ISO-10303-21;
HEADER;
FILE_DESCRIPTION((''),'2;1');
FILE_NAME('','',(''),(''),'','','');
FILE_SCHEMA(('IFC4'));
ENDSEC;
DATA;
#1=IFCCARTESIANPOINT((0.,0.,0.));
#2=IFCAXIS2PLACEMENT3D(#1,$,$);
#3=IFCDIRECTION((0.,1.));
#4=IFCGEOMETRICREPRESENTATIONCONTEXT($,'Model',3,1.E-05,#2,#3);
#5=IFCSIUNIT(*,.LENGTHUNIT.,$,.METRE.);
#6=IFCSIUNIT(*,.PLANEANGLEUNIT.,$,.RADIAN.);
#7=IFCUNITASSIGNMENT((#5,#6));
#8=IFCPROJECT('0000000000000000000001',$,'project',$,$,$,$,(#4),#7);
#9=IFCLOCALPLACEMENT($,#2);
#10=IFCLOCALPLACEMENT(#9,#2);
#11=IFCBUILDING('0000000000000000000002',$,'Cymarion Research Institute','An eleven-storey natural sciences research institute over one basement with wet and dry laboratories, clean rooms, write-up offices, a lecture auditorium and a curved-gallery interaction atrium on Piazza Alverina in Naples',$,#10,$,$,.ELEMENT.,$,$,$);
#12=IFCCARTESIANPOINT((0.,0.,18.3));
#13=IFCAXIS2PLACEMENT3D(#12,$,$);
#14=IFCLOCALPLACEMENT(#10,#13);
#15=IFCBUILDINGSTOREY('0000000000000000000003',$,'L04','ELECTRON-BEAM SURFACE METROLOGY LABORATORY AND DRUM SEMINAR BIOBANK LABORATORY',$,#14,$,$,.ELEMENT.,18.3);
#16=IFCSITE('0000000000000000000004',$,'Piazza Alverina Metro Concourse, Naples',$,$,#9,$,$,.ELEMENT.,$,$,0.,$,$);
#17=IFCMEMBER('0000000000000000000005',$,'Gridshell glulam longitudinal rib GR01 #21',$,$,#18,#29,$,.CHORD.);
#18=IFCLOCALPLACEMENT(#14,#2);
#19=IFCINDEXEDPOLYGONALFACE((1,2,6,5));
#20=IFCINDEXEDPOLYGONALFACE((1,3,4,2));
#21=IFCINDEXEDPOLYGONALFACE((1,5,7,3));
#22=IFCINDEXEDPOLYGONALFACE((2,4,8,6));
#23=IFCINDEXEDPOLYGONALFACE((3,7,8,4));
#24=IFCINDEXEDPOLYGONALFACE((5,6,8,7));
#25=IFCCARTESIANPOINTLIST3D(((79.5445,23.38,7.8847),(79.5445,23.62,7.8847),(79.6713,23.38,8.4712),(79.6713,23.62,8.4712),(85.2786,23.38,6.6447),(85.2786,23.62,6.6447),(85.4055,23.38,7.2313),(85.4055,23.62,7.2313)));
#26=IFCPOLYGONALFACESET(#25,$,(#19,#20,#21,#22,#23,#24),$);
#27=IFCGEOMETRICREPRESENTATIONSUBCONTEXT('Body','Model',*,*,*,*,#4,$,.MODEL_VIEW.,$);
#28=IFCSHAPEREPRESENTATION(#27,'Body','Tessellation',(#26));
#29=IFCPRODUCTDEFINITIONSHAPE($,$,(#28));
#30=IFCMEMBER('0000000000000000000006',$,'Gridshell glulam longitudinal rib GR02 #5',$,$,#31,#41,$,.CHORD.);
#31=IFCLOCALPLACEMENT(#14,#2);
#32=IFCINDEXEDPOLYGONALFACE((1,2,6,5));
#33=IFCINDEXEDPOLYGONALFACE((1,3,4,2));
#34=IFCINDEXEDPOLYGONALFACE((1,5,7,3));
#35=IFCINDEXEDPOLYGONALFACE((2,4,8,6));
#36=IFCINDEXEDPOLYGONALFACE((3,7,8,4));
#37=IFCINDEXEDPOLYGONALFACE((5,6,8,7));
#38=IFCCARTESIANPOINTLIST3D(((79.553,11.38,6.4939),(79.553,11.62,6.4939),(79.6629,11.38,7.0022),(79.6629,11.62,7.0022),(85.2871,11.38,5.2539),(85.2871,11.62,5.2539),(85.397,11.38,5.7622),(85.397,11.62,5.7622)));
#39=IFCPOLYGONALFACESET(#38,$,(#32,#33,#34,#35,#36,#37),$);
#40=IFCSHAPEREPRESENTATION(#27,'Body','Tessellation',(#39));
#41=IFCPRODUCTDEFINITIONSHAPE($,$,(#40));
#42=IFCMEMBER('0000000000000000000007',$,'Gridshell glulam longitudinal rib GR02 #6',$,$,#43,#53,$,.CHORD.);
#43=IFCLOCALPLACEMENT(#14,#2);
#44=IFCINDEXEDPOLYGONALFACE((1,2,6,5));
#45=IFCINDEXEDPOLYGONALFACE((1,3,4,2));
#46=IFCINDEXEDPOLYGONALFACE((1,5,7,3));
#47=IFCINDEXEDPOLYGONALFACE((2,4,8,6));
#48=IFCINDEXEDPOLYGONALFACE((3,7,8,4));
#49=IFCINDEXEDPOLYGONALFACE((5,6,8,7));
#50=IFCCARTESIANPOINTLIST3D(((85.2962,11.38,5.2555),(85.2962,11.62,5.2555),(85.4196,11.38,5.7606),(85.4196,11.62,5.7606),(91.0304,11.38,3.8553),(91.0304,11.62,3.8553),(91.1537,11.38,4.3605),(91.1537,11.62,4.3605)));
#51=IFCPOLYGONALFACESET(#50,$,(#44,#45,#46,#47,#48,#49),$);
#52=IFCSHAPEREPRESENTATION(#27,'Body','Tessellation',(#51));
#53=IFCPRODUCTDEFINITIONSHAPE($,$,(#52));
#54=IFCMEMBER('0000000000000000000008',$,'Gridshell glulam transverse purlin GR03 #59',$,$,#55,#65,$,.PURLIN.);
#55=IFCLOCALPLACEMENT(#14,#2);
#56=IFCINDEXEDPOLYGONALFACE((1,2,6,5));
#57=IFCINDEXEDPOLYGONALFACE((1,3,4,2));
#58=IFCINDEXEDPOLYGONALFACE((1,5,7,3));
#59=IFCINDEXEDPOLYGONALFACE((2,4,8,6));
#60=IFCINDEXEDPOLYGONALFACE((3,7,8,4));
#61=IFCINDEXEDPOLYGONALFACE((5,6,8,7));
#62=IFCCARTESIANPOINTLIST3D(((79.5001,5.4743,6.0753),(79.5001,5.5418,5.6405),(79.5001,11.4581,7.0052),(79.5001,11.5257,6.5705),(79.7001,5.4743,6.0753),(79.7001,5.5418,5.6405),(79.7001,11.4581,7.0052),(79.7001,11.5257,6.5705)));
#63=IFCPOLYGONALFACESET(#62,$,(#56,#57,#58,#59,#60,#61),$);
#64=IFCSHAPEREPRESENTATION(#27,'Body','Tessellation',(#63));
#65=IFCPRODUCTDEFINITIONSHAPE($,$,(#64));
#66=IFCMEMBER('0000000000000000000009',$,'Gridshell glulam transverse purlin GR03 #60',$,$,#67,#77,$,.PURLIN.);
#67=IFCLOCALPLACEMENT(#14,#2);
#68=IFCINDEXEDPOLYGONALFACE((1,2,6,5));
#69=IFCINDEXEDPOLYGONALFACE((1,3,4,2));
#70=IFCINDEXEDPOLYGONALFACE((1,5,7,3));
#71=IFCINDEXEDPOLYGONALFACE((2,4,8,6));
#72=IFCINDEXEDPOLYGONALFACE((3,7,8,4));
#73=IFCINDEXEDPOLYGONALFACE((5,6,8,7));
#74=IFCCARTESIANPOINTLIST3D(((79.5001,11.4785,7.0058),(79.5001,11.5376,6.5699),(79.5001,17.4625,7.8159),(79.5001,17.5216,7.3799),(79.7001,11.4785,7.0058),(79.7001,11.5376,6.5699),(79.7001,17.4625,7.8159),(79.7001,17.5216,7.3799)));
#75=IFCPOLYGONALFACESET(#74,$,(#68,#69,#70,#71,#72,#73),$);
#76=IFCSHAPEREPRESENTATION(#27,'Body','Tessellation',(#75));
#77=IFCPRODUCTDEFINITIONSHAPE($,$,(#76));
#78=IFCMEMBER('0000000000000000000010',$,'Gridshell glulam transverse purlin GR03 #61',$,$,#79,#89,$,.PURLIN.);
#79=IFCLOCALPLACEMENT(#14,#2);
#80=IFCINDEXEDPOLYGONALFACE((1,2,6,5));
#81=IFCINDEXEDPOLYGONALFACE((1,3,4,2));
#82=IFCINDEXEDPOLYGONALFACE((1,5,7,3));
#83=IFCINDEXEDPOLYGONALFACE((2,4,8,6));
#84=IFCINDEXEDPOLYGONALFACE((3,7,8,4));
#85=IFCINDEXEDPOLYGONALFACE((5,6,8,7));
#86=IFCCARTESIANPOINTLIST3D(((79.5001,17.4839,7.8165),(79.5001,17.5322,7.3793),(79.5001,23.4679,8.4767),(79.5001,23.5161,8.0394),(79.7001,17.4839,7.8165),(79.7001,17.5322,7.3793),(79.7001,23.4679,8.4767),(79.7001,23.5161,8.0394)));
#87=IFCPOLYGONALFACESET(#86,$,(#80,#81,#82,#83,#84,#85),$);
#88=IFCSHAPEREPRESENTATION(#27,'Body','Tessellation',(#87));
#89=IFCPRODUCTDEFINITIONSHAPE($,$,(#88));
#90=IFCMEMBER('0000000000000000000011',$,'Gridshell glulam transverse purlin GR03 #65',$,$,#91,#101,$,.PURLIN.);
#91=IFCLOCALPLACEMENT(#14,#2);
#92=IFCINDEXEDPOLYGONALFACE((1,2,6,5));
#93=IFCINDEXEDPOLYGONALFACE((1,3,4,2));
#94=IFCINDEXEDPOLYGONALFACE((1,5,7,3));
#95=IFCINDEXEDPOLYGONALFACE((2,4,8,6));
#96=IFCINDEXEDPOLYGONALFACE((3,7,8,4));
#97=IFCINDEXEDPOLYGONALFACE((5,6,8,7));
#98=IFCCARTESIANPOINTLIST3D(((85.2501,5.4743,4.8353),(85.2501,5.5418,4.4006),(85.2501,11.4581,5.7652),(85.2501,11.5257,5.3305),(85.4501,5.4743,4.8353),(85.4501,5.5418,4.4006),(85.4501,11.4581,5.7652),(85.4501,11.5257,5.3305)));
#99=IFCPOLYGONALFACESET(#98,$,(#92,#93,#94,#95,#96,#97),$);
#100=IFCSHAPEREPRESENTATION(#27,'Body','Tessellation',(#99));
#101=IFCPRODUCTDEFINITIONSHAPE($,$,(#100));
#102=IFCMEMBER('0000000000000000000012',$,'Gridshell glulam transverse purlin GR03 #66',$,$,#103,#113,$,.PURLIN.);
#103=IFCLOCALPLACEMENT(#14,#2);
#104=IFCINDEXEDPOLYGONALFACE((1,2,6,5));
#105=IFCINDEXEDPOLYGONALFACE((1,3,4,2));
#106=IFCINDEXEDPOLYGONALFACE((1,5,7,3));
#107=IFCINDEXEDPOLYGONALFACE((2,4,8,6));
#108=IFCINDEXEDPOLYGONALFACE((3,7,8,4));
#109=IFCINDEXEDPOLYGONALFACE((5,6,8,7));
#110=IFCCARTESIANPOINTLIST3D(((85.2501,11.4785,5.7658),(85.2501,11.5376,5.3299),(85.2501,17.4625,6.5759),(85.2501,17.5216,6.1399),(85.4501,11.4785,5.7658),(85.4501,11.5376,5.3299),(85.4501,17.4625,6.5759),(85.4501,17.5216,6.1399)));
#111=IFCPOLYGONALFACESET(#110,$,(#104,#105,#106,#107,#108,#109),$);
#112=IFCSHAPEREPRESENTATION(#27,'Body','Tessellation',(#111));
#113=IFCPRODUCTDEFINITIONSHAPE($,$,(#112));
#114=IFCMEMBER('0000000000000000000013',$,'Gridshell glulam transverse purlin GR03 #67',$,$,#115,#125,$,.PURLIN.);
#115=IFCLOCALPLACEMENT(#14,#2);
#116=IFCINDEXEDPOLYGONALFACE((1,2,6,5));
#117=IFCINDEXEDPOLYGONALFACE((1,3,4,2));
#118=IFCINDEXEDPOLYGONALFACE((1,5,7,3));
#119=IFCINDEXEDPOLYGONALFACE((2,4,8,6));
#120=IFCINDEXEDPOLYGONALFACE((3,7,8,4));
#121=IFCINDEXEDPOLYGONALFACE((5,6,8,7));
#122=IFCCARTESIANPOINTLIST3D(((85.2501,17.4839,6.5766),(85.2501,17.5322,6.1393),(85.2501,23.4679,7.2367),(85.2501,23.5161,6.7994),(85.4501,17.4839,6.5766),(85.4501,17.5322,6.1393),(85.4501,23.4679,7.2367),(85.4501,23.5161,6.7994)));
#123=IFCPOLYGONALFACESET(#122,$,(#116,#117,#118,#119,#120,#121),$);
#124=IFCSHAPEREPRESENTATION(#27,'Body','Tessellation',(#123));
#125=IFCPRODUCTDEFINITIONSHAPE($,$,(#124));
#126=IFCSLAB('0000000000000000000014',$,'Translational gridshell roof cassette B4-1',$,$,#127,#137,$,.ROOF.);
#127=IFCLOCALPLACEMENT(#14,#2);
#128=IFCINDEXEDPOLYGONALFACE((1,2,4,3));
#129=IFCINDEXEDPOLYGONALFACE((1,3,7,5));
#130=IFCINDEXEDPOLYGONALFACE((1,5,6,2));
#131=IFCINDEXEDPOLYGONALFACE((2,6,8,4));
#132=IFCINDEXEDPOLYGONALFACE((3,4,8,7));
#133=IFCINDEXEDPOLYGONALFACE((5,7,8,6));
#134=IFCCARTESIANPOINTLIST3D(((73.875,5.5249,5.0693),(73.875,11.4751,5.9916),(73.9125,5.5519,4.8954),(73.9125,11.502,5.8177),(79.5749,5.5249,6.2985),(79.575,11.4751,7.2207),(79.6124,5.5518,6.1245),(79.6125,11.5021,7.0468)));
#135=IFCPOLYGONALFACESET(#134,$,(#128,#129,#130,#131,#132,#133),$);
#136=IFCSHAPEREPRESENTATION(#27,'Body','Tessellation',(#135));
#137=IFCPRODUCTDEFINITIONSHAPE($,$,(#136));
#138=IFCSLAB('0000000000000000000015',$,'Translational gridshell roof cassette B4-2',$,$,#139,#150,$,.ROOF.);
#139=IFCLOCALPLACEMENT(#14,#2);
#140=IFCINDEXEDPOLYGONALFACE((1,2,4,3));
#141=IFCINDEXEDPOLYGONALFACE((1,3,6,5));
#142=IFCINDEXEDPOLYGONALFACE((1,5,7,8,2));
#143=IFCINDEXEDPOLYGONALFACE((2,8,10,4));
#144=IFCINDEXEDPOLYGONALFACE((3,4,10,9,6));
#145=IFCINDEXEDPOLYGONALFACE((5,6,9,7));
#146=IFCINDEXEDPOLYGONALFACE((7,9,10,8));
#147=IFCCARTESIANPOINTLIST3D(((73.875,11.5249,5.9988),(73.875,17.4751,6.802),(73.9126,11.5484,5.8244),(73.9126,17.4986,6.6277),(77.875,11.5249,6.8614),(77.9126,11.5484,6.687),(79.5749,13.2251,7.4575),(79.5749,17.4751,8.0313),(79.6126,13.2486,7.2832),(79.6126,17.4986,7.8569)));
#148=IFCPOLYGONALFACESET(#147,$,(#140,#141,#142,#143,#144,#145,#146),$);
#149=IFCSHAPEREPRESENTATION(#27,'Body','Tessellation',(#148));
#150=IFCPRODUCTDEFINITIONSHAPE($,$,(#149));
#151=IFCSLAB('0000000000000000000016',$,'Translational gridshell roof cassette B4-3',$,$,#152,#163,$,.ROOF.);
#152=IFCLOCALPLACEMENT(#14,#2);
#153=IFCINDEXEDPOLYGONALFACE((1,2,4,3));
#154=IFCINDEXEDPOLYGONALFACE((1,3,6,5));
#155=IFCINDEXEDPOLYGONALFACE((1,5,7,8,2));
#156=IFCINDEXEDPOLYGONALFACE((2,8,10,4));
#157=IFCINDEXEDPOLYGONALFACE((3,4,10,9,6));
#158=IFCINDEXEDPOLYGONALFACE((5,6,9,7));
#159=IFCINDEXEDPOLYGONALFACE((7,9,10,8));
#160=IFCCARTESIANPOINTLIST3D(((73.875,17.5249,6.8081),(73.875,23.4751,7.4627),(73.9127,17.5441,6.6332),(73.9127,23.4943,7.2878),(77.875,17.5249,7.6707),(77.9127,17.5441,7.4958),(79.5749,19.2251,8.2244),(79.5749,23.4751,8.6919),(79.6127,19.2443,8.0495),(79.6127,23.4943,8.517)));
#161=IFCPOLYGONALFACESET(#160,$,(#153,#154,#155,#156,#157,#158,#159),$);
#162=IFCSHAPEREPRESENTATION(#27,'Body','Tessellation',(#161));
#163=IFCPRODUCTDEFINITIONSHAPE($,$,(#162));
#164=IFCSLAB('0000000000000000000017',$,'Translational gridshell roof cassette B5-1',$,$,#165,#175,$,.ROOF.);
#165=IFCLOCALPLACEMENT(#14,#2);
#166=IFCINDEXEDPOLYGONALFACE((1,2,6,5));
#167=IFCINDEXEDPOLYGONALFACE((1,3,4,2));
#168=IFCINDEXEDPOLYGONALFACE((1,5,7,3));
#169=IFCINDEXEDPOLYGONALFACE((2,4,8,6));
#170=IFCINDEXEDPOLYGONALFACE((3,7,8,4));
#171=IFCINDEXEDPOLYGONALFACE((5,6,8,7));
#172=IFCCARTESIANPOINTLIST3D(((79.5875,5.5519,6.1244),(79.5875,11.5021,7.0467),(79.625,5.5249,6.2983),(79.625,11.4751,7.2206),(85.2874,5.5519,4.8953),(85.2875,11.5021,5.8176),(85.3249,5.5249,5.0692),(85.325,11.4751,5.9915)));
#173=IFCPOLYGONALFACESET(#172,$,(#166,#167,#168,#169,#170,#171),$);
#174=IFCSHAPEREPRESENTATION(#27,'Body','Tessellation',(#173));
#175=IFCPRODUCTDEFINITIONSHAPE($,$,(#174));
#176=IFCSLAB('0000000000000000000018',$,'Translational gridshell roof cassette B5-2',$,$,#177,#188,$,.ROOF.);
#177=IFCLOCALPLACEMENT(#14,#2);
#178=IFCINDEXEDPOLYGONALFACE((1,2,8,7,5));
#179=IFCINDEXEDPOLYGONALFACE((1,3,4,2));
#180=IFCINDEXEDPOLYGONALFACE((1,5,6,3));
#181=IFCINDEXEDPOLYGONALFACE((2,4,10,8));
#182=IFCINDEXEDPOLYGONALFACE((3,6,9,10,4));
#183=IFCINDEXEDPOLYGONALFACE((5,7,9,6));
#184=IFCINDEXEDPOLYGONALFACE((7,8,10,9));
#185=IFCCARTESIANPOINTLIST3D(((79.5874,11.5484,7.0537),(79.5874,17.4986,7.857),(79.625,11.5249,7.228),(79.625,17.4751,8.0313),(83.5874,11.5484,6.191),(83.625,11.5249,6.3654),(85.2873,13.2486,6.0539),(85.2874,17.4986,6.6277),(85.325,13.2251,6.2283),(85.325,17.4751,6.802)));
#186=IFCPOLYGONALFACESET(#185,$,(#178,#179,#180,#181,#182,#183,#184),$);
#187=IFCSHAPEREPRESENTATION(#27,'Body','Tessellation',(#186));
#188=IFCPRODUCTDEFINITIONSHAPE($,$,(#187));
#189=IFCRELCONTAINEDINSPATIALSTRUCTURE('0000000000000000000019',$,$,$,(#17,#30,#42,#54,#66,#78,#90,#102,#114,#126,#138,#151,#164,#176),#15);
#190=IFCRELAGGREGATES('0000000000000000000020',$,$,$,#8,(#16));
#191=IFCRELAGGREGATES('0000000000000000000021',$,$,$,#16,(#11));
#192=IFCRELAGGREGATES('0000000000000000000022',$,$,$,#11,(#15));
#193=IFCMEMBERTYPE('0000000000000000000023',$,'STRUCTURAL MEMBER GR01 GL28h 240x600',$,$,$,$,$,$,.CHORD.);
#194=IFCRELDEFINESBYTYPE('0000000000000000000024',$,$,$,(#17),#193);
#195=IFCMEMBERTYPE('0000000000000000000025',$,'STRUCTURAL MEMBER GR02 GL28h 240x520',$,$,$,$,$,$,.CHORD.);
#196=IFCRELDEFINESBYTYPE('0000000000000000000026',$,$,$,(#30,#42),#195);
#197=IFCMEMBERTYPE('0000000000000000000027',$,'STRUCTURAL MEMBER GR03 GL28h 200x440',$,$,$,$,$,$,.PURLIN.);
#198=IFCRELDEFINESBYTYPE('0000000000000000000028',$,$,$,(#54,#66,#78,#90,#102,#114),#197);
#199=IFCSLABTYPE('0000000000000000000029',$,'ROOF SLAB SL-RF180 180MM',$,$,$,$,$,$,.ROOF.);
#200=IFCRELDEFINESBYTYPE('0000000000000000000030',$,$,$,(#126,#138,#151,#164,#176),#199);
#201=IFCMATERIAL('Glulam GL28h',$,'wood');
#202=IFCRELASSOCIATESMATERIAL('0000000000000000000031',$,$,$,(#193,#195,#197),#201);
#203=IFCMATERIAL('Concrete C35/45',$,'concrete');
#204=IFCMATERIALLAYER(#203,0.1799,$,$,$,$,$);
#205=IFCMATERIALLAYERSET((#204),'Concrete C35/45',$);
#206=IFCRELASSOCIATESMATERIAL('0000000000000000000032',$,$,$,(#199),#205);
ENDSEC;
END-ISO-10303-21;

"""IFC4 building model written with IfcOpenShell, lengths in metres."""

from ifc_helpers import new_model, si_unit, direction, frame, origin, origin_2d, place, context, subcontext, project, spatial, polyline, rectangle, outline, extrude, material, layer, layer_set, material_profile, profile_set, type_object, element, save


model = new_model("IFC4")

# Units and contexts
model_context = context("Model", 3, precision=1e-05, world=origin(), true_north=direction((0.0, 1.0)))
body_context = subcontext(model_context, "Body", "Model", "MODEL_VIEW")
ifc_project = project(units=[si_unit("LENGTHUNIT", "METRE"), si_unit("PLANEANGLEUNIT", "RADIAN")], contexts=[model_context])

# Site, building, storey
site_placement = place(None, origin())
site = spatial("IfcSite", under=ifc_project, at=site_placement, Name="Piazza Alverina Metro Concourse, Naples", CompositionType="ELEMENT", RefElevation=0.0)
building_placement = place(site_placement, origin())
building = spatial("IfcBuilding", under=site, at=building_placement, Name="Cymarion Research Institute", Description="An eleven-storey natural sciences research institute over one basement with wet and dry laboratories, clean rooms, write-up offices, a lecture auditorium and a curved-gallery interaction atrium on Piazza Alverina in Naples", CompositionType="ELEMENT")
storey_placement = place(building_placement, frame((0.0, 0.0, 18.3)))
storey = spatial("IfcBuildingStorey", under=building, at=storey_placement, Name="L04", Description="ELECTRON-BEAM SURFACE METROLOGY LABORATORY AND DRUM SEMINAR BIOBANK LABORATORY", CompositionType="ELEMENT", Elevation=18.3)

# Members
ifc_material_1 = material(Name="Glulam GL28h", Category="wood")
ifc_material_profile_1 = material_profile(ifc_material_1, rectangle(XDim=0.24, YDim=0.6001, at=origin_2d()), Name="GL28h 240x600")
ifc_profile_set_1 = profile_set([ifc_material_profile_1], Name="Glulam GL28h")
member_type_1 = type_object("IfcMemberType", Name="STRUCTURAL MEMBER GR01 GL28h 240x600", PredefinedType="CHORD", material=ifc_profile_set_1)
member_1_placement = place(storey_placement, frame((79.6079, 23.5, 8.178), z_axis=(0.977408, 0.0, -0.211362), x_axis=(0.0, 1.0, 0.0)))
element("IfcMember", 1, at=member_1_placement, inside=storey, type_object=member_type_1, Name="Gridshell glulam longitudinal rib GR01 #21", PredefinedType="CHORD", context=body_context, shape_type="SweptSolid", body=[
    extrude(rectangle(XDim=0.24, YDim=0.6001, at=origin_2d()), origin(), (0.0, 0.0, 1.0), 5.8667),
])
ifc_material_profile_2 = material_profile(ifc_material_1, rectangle(XDim=0.24, YDim=0.52, at=origin_2d()), Name="GL28h 240x520")
ifc_profile_set_2 = profile_set([ifc_material_profile_2], Name="Glulam GL28h")
member_type_2 = type_object("IfcMemberType", Name="STRUCTURAL MEMBER GR02 GL28h 240x520", PredefinedType="CHORD", material=ifc_profile_set_2)
member_2_placement = place(storey_placement, frame((79.6079, 11.5, 6.748), z_axis=(0.977408, 0.0, -0.211362), x_axis=(0.0, 1.0, 0.0)))
element("IfcMember", 2, at=member_2_placement, inside=storey, type_object=member_type_2, Name="Gridshell glulam longitudinal rib GR02 #5", PredefinedType="CHORD", context=body_context, shape_type="SweptSolid", body=[
    extrude(rectangle(XDim=0.24, YDim=0.52, at=origin_2d()), origin(), (0.0, 0.0, 1.0), 5.8667),
])
member_3_placement = place(storey_placement, frame((85.3579, 11.5, 5.5081), z_axis=(0.971459, 0.0, -0.237208), x_axis=(0.0, 1.0, 0.0)))
element("IfcMember", 3, at=member_3_placement, inside=storey, type_object=member_type_2, Name="Gridshell glulam longitudinal rib GR02 #6", PredefinedType="CHORD", context=body_context, shape_type="SweptSolid", body=[
    extrude(rectangle(XDim=0.24, YDim=0.52, at=origin_2d()), origin(), (0.0, 0.0, 1.0), 5.9026),
])
ifc_material_profile_3 = material_profile(ifc_material_1, rectangle(XDim=0.2, YDim=0.4399, at=origin_2d()), Name="GL28h 200x440")
ifc_profile_set_3 = profile_set([ifc_material_profile_3], Name="Glulam GL28h")
member_type_3 = type_object("IfcMemberType", Name="STRUCTURAL MEMBER GR03 GL28h 200x440", PredefinedType="PURLIN", material=ifc_profile_set_3)
member_4_placement = place(storey_placement, frame((79.6001, 5.5081, 5.8579), z_axis=(0.0, 0.988139, 0.153563), x_axis=(-1.0, 0.0, 0.0)))
element("IfcMember", 4, at=member_4_placement, inside=storey, type_object=member_type_3, Name="Gridshell glulam transverse purlin GR03 #59", PredefinedType="PURLIN", context=body_context, shape_type="SweptSolid", body=[
    extrude(rectangle(XDim=0.2, YDim=0.4399, at=origin_2d()), origin(), (0.0, 0.0, 1.0), 6.0557),
])
member_5_placement = place(storey_placement, frame((79.6001, 11.5081, 6.7878), z_axis=(0.0, 0.990961, 0.13415), x_axis=(-1.0, 0.0, 0.0)))
element("IfcMember", 5, at=member_5_placement, inside=storey, type_object=member_type_3, Name="Gridshell glulam transverse purlin GR03 #60", PredefinedType="PURLIN", context=body_context, shape_type="SweptSolid", body=[
    extrude(rectangle(XDim=0.2, YDim=0.4399, at=origin_2d()), origin(), (0.0, 0.0, 1.0), 6.0386),
])
member_6_placement = place(storey_placement, frame((79.6001, 17.5081, 7.5979), z_axis=(0.0, 0.993969, 0.109657), x_axis=(-1.0, 0.0, 0.0)))
element("IfcMember", 6, at=member_6_placement, inside=storey, type_object=member_type_3, Name="Gridshell glulam transverse purlin GR03 #61", PredefinedType="PURLIN", context=body_context, shape_type="SweptSolid", body=[
    extrude(rectangle(XDim=0.2, YDim=0.4399, at=origin_2d()), origin(), (0.0, 0.0, 1.0), 6.0203),
])
member_7_placement = place(storey_placement, frame((85.3501, 5.5081, 4.6179), z_axis=(0.0, 0.988139, 0.153563), x_axis=(-1.0, 0.0, 0.0)))
element("IfcMember", 7, at=member_7_placement, inside=storey, type_object=member_type_3, Name="Gridshell glulam transverse purlin GR03 #65", PredefinedType="PURLIN", context=body_context, shape_type="SweptSolid", body=[
    extrude(rectangle(XDim=0.2, YDim=0.4399, at=origin_2d()), origin(), (0.0, 0.0, 1.0), 6.0557),
])
member_8_placement = place(storey_placement, frame((85.3501, 11.5081, 5.5479), z_axis=(0.0, 0.990961, 0.13415), x_axis=(-1.0, 0.0, 0.0)))
element("IfcMember", 8, at=member_8_placement, inside=storey, type_object=member_type_3, Name="Gridshell glulam transverse purlin GR03 #66", PredefinedType="PURLIN", context=body_context, shape_type="SweptSolid", body=[
    extrude(rectangle(XDim=0.2, YDim=0.4399, at=origin_2d()), origin(), (0.0, 0.0, 1.0), 6.0386),
])
member_9_placement = place(storey_placement, frame((85.3501, 17.5081, 6.3579), z_axis=(0.0, 0.993969, 0.109657), x_axis=(-1.0, 0.0, 0.0)))
element("IfcMember", 9, at=member_9_placement, inside=storey, type_object=member_type_3, Name="Gridshell glulam transverse purlin GR03 #67", PredefinedType="PURLIN", context=body_context, shape_type="SweptSolid", body=[
    extrude(rectangle(XDim=0.2, YDim=0.4399, at=origin_2d()), origin(), (0.0, 0.0, 1.0), 6.0203),
])

# Slabs
ifc_material_2 = material(Name="Concrete C35/45", Category="concrete")
ifc_layer_1 = layer(ifc_material_2, 0.1799)
ifc_layer_set_1 = layer_set([ifc_layer_1], Name="Concrete C35/45")
slab_type = type_object("IfcSlabType", Name="ROOF SLAB SL-RF180 180MM", PredefinedType="ROOF", material=ifc_layer_set_1)
slab_1_placement = place(storey_placement, frame((73.875, 5.5249, 5.0693), z_axis=(-0.208414, -0.149801, 0.9665), x_axis=(0.977531, -0.000003, 0.210792)))
element("IfcSlab", 10, at=slab_1_placement, inside=storey, type_object=slab_type, Name="Translational gridshell roof cassette B4-1", PredefinedType="ROOF", context=body_context, shape_type="SweptSolid", body=[
    extrude(outline(polyline([(0.0, 0.0), (5.8309, 0.0), (6.0254, 6.0181), (0.1944, 6.0181), (0.0, 0.0)])), origin(), (0.0, 0.0, -1.0), 0.1799),
])
slab_2_placement = place(storey_placement, frame((73.875, 11.5249, 5.9988), z_axis=(-0.208997, -0.130831, 0.969125), x_axis=(0.977527, -0.000002, 0.210809)))
element("IfcSlab", 11, at=slab_2_placement, inside=storey, type_object=slab_type, Name="Translational gridshell roof cassette B4-2", PredefinedType="ROOF", context=body_context, shape_type="SweptSolid", body=[
    extrude(outline(polyline([(0.0, 0.0), (4.0919, 0.0), (5.8794, 1.7149), (6.0003, 6.0018), (0.1693, 6.0018), (0.0, 0.0)])), origin(), (0.0, 0.0, -1.0), 0.1799),
])
slab_3_placement = place(storey_placement, frame((73.875, 17.5249, 6.8081), z_axis=(-0.209601, -0.106923, 0.971923), x_axis=(0.977527, -0.000002, 0.210809)))
element("IfcSlab", 12, at=slab_3_placement, inside=storey, type_object=slab_type, Name="Translational gridshell roof cassette B4-3", PredefinedType="ROOF", context=body_context, shape_type="SweptSolid", body=[
    extrude(outline(polyline([(0.0, 0.0), (4.0919, 0.0), (5.8704, 1.71), (5.969, 5.9845), (0.138, 5.9845), (0.0, 0.0)])), origin(), (0.0, 0.0, -1.0), 0.1799),
])
slab_4_placement = place(storey_placement, frame((79.625, 5.5249, 6.2983), z_axis=(0.208414, -0.149801, 0.9665), x_axis=(0.977531, 0.000003, -0.210792)))
element("IfcSlab", 13, at=slab_4_placement, inside=storey, type_object=slab_type, Name="Translational gridshell roof cassette B5-1", PredefinedType="ROOF", context=body_context, shape_type="SweptSolid", body=[
    extrude(outline(polyline([(0.0, 0.0), (5.8309, 0.0), (5.6366, 6.0181), (-0.1944, 6.0181), (0.0, 0.0)])), origin(), (0.0, 0.0, -1.0), 0.1799),
])
slab_5_placement = place(storey_placement, frame((79.625, 11.5249, 7.228), z_axis=(0.209006, -0.130836, 0.969122), x_axis=(0.977525, -0.000004, -0.210819)))
element("IfcSlab", 14, at=slab_5_placement, inside=storey, type_object=slab_type, Name="Translational gridshell roof cassette B5-2", PredefinedType="ROOF", context=body_context, shape_type="SweptSolid", body=[
    extrude(outline(polyline([(0.0, 0.0), (4.092, 0.0), (5.7826, 1.715), (5.6616, 6.0018), (-0.1694, 6.0018), (0.0, 0.0)])), origin(), (0.0, 0.0, -1.0), 0.1799),
])

save(model, "model.ifc")
